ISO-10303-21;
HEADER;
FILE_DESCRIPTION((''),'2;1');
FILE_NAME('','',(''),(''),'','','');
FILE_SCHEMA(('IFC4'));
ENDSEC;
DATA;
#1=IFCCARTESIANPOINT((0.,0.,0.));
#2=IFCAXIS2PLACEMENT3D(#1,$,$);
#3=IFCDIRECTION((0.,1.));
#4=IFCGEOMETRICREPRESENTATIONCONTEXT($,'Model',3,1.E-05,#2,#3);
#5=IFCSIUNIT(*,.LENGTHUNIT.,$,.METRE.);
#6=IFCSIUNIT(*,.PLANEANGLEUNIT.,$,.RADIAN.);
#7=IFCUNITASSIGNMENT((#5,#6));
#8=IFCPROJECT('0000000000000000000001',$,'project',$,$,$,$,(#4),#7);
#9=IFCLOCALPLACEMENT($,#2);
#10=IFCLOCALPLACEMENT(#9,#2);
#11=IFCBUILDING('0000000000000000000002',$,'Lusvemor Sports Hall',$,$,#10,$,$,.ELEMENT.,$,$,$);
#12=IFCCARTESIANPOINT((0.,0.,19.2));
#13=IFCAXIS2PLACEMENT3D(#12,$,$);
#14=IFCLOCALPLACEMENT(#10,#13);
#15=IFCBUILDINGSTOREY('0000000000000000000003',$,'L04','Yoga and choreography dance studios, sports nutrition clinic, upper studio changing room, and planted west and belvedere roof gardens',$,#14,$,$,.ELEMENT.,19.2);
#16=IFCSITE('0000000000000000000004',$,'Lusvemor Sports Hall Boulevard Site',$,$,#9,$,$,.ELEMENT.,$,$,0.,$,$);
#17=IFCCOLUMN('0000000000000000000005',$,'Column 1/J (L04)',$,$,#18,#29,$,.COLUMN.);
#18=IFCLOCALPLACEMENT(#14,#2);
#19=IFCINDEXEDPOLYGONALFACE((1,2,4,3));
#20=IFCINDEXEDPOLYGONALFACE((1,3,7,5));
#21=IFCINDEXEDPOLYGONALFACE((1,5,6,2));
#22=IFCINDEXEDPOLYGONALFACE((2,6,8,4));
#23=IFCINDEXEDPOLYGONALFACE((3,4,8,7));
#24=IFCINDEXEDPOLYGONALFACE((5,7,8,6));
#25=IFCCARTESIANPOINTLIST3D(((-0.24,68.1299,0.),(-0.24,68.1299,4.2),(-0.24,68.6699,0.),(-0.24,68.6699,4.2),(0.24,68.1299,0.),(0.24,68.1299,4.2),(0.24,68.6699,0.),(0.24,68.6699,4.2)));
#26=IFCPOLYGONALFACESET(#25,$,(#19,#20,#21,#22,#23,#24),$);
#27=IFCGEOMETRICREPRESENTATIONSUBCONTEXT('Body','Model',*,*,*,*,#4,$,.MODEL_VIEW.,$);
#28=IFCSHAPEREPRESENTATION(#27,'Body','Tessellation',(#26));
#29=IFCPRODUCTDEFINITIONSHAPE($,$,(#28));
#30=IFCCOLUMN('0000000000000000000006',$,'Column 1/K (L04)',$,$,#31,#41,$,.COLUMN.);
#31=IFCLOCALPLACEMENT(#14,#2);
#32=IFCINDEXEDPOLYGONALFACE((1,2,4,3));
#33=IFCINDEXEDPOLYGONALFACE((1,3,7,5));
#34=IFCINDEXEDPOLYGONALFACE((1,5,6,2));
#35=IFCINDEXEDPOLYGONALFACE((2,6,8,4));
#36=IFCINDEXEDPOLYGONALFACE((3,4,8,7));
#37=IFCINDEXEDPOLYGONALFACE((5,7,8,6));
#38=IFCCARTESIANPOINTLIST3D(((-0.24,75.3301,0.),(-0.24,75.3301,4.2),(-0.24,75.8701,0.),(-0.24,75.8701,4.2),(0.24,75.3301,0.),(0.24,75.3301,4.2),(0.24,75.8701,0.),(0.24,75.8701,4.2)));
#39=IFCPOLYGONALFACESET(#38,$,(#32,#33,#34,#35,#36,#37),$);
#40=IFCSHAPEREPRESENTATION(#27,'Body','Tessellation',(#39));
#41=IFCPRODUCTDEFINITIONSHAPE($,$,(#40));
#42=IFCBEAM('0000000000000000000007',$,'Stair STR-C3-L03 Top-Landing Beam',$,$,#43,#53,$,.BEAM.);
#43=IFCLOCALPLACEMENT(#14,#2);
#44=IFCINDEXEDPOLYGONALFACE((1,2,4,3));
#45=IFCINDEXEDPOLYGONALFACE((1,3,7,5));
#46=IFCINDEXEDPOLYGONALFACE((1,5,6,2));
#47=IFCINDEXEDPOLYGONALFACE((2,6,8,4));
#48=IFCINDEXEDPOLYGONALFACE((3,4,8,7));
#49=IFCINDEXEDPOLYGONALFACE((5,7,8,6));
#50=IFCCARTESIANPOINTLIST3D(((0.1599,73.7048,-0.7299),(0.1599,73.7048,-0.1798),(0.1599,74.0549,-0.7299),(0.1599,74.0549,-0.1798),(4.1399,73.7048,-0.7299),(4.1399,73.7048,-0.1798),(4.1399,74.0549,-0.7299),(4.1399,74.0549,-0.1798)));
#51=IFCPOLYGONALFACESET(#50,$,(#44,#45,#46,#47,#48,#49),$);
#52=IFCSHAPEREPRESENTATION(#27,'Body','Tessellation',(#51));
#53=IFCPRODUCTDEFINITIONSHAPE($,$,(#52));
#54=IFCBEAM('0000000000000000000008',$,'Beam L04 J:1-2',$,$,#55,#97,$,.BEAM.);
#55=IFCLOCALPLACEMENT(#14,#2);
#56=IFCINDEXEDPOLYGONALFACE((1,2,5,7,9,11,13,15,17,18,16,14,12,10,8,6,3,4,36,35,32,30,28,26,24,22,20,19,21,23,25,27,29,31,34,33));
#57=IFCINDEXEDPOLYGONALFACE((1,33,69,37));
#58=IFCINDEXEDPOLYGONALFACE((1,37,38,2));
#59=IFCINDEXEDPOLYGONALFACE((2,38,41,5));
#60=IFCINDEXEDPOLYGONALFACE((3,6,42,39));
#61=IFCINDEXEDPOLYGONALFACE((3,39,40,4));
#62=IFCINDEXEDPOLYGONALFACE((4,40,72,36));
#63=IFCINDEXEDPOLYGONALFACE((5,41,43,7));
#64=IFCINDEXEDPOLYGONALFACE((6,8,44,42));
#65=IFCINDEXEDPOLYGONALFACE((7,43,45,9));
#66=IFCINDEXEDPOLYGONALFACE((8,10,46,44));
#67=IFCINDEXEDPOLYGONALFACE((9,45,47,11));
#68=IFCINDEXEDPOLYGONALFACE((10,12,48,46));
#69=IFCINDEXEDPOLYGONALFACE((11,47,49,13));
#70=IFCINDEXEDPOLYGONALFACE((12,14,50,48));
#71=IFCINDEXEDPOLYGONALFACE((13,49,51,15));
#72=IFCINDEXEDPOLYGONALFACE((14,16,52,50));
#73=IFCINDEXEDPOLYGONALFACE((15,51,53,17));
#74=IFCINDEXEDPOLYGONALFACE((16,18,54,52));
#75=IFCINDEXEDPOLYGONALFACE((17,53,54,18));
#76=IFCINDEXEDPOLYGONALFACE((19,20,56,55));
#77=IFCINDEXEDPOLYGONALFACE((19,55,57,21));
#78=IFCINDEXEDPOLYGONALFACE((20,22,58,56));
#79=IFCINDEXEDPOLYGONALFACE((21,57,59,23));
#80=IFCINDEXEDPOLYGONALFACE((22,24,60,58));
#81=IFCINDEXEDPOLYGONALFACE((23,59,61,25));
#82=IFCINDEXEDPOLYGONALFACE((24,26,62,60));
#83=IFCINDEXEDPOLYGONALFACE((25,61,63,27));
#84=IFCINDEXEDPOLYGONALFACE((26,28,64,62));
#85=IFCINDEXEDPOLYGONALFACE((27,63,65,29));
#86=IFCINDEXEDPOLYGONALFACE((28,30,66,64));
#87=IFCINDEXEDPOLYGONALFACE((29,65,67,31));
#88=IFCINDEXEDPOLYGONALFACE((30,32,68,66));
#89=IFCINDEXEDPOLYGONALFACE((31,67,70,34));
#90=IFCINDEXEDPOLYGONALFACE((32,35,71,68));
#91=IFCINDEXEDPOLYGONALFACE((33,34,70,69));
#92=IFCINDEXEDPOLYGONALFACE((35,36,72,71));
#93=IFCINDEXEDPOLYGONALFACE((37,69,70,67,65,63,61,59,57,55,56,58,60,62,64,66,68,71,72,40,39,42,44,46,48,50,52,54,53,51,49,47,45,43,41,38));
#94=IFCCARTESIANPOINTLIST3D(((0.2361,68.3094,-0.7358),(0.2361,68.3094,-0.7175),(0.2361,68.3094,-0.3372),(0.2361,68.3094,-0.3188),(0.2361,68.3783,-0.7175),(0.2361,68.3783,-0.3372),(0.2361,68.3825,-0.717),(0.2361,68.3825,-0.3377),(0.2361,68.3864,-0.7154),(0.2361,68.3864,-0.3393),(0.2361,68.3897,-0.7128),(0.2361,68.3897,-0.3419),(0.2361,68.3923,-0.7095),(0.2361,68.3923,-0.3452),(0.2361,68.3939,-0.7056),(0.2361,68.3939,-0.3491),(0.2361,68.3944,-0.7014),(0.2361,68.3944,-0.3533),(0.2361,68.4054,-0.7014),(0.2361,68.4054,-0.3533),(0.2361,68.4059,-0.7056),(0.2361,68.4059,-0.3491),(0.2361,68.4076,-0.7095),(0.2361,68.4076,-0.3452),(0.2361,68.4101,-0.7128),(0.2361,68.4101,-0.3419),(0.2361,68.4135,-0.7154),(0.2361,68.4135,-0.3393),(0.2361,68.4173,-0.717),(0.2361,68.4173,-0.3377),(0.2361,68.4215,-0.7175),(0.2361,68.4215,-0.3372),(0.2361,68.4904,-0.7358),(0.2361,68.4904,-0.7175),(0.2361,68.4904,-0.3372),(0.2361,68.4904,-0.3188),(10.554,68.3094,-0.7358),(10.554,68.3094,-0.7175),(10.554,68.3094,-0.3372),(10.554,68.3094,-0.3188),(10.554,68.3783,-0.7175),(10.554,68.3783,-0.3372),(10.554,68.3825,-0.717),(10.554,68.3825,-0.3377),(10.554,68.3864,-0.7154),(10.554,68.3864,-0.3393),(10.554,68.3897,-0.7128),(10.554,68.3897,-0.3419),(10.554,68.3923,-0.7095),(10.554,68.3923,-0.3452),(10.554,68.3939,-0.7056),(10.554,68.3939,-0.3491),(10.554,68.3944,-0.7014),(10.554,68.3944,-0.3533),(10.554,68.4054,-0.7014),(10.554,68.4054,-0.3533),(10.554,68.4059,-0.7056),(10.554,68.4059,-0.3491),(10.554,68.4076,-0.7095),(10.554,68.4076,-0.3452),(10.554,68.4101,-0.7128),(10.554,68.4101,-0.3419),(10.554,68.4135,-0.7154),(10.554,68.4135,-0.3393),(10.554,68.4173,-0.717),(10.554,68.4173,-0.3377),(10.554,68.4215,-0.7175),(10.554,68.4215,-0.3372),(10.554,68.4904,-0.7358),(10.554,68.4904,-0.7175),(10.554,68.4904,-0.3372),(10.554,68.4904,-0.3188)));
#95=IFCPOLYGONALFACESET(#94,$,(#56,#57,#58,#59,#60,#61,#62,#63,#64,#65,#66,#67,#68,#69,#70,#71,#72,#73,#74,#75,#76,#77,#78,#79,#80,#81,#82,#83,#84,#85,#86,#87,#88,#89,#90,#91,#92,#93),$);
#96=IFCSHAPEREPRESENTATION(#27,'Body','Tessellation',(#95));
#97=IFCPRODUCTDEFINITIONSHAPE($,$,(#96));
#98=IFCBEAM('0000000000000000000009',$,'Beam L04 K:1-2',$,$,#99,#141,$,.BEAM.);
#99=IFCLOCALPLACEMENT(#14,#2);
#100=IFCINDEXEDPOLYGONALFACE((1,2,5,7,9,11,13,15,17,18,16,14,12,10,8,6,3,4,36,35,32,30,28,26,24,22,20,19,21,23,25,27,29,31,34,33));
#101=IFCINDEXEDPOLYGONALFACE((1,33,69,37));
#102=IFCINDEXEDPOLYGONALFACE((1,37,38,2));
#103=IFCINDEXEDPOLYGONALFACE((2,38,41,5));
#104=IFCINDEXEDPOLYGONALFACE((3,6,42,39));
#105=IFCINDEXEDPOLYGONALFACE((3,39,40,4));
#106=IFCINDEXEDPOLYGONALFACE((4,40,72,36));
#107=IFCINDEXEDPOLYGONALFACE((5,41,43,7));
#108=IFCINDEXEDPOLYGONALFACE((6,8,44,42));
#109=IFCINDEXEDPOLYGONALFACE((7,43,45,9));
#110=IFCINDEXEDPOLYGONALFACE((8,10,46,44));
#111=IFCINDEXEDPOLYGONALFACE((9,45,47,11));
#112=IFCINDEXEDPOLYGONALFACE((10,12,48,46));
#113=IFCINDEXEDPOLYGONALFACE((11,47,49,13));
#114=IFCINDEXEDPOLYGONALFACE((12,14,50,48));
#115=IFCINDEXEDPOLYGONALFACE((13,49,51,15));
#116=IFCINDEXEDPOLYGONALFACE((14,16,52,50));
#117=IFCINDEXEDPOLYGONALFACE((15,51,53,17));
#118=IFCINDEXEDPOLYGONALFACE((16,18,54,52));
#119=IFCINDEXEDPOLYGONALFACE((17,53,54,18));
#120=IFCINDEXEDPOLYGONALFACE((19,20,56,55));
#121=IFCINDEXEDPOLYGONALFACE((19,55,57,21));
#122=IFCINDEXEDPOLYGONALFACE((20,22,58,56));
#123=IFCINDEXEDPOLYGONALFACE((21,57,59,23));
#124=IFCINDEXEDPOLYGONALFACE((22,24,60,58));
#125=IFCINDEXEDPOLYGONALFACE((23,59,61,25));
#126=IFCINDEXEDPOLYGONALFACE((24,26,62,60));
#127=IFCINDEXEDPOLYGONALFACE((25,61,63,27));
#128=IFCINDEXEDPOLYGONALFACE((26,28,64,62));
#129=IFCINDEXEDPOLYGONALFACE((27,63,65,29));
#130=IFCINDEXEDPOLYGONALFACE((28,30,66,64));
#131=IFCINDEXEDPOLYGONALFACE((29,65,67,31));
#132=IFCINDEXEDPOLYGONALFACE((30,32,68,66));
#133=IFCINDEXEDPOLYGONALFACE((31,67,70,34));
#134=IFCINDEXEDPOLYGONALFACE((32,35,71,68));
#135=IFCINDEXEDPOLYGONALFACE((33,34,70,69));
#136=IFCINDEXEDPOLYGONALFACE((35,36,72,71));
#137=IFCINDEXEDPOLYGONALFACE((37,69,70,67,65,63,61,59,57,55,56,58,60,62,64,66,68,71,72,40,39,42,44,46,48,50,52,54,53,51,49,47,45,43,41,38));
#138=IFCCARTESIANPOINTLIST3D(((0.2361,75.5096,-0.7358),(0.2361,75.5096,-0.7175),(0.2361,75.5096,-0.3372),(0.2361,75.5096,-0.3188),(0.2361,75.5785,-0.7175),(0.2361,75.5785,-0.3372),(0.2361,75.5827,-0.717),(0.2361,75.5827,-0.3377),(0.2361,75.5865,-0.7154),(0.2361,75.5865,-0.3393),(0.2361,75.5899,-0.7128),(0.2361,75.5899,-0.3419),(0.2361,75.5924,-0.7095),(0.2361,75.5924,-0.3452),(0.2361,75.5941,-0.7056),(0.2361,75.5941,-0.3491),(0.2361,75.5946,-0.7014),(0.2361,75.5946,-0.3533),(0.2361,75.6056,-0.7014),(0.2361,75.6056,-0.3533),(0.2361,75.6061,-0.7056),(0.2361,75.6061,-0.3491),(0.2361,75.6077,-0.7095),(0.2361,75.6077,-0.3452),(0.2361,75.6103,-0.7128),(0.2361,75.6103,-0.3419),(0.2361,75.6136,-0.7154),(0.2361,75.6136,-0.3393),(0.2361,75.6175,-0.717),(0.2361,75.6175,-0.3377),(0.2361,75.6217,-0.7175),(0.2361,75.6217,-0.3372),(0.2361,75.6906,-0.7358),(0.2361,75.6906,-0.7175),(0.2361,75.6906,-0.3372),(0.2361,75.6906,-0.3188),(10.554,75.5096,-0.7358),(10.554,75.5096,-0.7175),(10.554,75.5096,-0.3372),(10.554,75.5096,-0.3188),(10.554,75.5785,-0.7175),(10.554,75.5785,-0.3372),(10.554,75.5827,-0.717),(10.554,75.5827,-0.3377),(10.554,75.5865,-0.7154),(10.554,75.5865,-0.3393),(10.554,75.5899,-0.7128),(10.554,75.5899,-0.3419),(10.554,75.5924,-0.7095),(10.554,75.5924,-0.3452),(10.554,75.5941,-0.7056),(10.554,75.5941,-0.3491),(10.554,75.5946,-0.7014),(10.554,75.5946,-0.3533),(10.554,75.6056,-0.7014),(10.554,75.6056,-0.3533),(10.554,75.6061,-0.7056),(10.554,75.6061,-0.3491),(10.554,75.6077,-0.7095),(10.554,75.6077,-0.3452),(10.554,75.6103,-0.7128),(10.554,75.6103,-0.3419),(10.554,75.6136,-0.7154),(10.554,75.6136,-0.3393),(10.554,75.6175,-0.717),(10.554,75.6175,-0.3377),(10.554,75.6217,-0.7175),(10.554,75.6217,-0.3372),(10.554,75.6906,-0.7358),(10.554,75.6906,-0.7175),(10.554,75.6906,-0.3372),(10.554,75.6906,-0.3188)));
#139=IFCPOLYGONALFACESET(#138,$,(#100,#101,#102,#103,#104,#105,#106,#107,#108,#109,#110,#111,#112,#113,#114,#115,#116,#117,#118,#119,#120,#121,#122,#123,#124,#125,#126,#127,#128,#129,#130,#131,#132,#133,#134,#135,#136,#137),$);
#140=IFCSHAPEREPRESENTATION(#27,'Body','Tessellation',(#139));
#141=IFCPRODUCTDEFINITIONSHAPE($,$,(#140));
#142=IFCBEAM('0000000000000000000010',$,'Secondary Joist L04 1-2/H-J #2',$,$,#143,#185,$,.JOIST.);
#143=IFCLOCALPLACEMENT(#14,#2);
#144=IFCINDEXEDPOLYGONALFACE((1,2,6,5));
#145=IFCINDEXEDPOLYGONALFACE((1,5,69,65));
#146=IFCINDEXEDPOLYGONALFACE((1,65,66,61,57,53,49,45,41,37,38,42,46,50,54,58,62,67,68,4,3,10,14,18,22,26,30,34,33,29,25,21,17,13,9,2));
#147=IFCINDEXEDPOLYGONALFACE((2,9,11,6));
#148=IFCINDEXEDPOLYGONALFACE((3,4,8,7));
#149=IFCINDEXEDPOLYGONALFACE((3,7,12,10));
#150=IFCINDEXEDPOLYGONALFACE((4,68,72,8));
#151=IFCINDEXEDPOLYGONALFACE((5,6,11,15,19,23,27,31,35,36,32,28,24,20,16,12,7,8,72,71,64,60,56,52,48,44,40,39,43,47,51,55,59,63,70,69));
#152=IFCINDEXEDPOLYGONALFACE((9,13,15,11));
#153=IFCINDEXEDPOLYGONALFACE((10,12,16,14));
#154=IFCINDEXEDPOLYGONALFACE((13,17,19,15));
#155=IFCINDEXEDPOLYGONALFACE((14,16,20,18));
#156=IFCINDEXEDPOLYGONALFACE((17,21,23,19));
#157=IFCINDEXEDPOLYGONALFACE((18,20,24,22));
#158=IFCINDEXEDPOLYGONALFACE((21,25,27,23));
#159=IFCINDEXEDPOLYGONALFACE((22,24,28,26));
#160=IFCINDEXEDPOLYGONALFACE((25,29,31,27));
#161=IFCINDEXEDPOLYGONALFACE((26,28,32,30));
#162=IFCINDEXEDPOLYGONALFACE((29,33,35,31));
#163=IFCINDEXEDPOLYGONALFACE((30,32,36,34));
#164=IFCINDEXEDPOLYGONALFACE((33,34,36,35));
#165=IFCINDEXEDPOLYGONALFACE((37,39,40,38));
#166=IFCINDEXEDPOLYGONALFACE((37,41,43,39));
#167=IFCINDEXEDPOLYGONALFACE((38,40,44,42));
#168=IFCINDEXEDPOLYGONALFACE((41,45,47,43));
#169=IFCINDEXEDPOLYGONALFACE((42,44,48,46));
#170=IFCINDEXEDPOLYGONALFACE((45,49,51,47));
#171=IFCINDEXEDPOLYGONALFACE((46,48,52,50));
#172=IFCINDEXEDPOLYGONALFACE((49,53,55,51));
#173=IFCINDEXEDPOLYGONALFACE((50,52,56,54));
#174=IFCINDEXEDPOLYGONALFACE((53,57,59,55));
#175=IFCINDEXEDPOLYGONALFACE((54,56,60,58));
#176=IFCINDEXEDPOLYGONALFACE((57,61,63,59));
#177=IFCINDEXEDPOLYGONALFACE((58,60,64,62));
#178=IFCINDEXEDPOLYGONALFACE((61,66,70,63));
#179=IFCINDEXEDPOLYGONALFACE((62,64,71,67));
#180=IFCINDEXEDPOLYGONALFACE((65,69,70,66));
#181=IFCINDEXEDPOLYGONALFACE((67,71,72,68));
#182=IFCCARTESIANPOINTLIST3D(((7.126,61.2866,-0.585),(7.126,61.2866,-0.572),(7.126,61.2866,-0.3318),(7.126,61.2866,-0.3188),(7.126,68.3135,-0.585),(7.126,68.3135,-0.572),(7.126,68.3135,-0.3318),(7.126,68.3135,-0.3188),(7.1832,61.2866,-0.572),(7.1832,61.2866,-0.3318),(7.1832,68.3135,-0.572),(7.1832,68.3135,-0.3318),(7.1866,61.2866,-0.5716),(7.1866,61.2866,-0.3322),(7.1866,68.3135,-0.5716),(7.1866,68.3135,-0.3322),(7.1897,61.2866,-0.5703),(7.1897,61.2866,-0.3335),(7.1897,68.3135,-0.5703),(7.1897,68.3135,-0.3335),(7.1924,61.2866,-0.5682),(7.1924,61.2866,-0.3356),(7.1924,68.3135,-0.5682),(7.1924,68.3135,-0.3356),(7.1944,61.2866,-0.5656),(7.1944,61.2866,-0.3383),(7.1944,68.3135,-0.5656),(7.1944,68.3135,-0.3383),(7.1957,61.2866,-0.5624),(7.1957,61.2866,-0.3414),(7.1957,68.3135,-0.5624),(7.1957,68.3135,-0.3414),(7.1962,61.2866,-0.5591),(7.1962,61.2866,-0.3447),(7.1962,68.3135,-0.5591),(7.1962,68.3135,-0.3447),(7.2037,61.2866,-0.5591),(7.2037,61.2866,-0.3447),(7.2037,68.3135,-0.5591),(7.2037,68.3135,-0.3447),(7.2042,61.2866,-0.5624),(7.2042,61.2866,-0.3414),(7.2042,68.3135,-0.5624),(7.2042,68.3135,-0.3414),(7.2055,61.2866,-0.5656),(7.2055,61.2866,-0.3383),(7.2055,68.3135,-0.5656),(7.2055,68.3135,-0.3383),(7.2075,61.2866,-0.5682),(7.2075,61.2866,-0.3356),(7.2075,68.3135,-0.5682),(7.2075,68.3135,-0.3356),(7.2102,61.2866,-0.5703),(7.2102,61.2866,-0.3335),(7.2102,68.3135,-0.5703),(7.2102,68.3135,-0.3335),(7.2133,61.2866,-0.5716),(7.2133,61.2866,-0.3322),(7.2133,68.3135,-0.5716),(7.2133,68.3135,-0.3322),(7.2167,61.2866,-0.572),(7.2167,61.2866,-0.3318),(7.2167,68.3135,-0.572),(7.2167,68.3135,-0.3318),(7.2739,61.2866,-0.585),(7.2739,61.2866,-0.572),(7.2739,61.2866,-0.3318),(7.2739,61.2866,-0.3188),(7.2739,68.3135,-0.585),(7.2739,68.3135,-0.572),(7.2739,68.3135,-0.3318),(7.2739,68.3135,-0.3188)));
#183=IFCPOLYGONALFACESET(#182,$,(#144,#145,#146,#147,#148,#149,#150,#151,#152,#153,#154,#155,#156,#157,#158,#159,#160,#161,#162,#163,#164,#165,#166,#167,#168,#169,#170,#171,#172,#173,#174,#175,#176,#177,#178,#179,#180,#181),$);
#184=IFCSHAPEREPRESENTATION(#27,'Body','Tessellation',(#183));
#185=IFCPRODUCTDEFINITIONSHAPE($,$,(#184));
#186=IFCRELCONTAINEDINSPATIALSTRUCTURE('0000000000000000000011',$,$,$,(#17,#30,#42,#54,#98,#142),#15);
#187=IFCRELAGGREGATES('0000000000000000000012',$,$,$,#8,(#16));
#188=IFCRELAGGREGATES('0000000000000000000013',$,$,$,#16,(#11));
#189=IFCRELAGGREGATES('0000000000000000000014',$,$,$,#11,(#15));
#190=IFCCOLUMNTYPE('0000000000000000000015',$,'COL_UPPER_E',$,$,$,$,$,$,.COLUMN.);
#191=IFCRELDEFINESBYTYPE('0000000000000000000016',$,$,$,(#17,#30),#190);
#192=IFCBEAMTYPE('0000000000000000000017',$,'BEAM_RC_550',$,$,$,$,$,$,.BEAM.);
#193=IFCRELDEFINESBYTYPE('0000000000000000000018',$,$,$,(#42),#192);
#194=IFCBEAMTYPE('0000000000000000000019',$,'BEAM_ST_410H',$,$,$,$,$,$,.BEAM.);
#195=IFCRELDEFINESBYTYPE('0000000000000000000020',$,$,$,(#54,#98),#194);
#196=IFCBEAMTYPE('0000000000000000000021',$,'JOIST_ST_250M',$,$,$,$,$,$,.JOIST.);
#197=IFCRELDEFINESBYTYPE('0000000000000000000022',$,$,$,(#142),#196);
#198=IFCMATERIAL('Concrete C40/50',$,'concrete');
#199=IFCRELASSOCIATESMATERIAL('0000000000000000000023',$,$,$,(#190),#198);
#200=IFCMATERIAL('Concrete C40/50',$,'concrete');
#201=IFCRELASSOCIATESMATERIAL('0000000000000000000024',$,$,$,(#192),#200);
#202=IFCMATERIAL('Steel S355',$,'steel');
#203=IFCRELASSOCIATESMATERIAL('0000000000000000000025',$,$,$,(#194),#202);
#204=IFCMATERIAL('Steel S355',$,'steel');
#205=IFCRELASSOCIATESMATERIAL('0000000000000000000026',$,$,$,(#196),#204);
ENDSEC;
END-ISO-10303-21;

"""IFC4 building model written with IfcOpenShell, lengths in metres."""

from ifc_helpers import new_model, si_unit, direction, frame, origin, origin_2d, place, context, subcontext, project, spatial, rectangle, i_section, extrude, material, material_profile, profile_set, type_object, element, save


model = new_model("IFC4")

# Units and contexts
model_context = context("Model", 3, precision=1e-05, world=origin(), true_north=direction((0.0, 1.0)))
body_context = subcontext(model_context, "Body", "Model", "MODEL_VIEW")
ifc_project = project(units=[si_unit("LENGTHUNIT", "METRE"), si_unit("PLANEANGLEUNIT", "RADIAN")], contexts=[model_context])

# Site, building, storey
site_placement = place(None, origin())
site = spatial("IfcSite", under=ifc_project, at=site_placement, Name="Lusvemor Sports Hall Boulevard Site", CompositionType="ELEMENT", RefElevation=0.0)
building_placement = place(site_placement, origin())
building = spatial("IfcBuilding", under=site, at=building_placement, Name="Lusvemor Sports Hall", CompositionType="ELEMENT")
storey_placement = place(building_placement, frame((0.0, 0.0, 19.2)))
storey = spatial("IfcBuildingStorey", under=building, at=storey_placement, Name="L04", Description="Yoga and choreography dance studios, sports nutrition clinic, upper studio changing room, and planted west and belvedere roof gardens", CompositionType="ELEMENT", Elevation=19.2)

# Columns
ifc_material_1 = material(Name="Concrete C40/50", Category="concrete")
ifc_material_profile_1 = material_profile(ifc_material_1, rectangle(XDim=0.48, YDim=0.54, at=origin_2d()), Name="RC480x540")
ifc_profile_set_1 = profile_set([ifc_material_profile_1], Name="Concrete C40/50")
column_type = type_object("IfcColumnType", Name="COL_UPPER_E", PredefinedType="COLUMN", material=ifc_profile_set_1)
for number, where, z_axis, x_axis, name in (
    (1, (0.0, 68.3999, 0.0), (0.0, 0.0, 1.0), (1.0, 0.0, 0.0), "Column 1/J (L04)"),
    (2, (0.0, 75.6001, 0.0), (0.0, 0.0, 1.0), (1.0, 0.0, 0.0), "Column 1/K (L04)"),
):
    element("IfcColumn", number, at=place(storey_placement, frame(where, z_axis=z_axis, x_axis=x_axis)), inside=storey, type_object=column_type, Name=name, PredefinedType="COLUMN", context=body_context, shape_type="SweptSolid", body=[
        extrude(rectangle(XDim=0.48, YDim=0.54, at=origin_2d()), origin(), (0.0, 0.0, 1.0), 4.2),
    ])

# Beams
ifc_material_2 = material(Name="Concrete C40/50", Category="concrete")
ifc_material_profile_2 = material_profile(ifc_material_2, rectangle(XDim=0.3501, YDim=0.55, at=origin_2d()), Name="RC350x550")
ifc_profile_set_2 = profile_set([ifc_material_profile_2], Name="Concrete C40/50")
beam_type_1 = type_object("IfcBeamType", Name="BEAM_RC_550", PredefinedType="BEAM", material=ifc_profile_set_2)
beam_1_placement = place(storey_placement, frame((0.1599, 73.8799, -0.4548), z_axis=(1.0, 0.0, 0.0), x_axis=(0.0, 1.0, 0.0)))
element("IfcBeam", 3, at=beam_1_placement, inside=storey, type_object=beam_type_1, Name="Stair STR-C3-L03 Top-Landing Beam", PredefinedType="BEAM", context=body_context, shape_type="SweptSolid", body=[
    extrude(rectangle(XDim=0.3501, YDim=0.55, at=origin_2d()), origin(), (0.0, 0.0, 1.0), 3.98),
])
ifc_material_3 = material(Name="Steel S355", Category="steel")
ifc_material_profile_3 = material_profile(ifc_material_3, i_section(OverallWidth=0.1809, OverallDepth=0.417, WebThickness=0.011, FlangeThickness=0.0183, FilletRadius=0.0161, at=origin_2d()), Name="W410x85.0")
ifc_profile_set_3 = profile_set([ifc_material_profile_3], Name="Steel S355")
beam_type_2 = type_object("IfcBeamType", Name="BEAM_ST_410H", PredefinedType="BEAM", material=ifc_profile_set_3)
for number, where, z_axis, x_axis, name in (
    (4, (0.2361, 68.3999, -0.5273), (1.0, 0.0, 0.0), (0.0, 1.0, 0.0), "Beam L04 J:1-2"),
    (5, (0.2361, 75.6001, -0.5273), (1.0, 0.0, 0.0), (0.0, 1.0, 0.0), "Beam L04 K:1-2"),
):
    element("IfcBeam", number, at=place(storey_placement, frame(where, z_axis=z_axis, x_axis=x_axis)), inside=storey, type_object=beam_type_2, Name=name, PredefinedType="BEAM", context=body_context, shape_type="SweptSolid", body=[
        extrude(i_section(OverallWidth=0.1809, OverallDepth=0.417, WebThickness=0.011, FlangeThickness=0.0183, FilletRadius=0.0161, at=origin_2d()), origin(), (0.0, 0.0, 1.0), 10.3179),
    ])
ifc_material_4 = material(Name="Steel S355", Category="steel")
ifc_material_profile_4 = material_profile(ifc_material_4, i_section(OverallWidth=0.1479, OverallDepth=0.2661, WebThickness=0.0076, FlangeThickness=0.0129, FilletRadius=0.0129, at=origin_2d()), Name="W250x44.8")
ifc_profile_set_4 = profile_set([ifc_material_profile_4], Name="Steel S355")
beam_type_3 = type_object("IfcBeamType", Name="JOIST_ST_250M", PredefinedType="JOIST", material=ifc_profile_set_4)
for number, where, z_axis, x_axis, name in (
    (6, (7.2, 61.2866, -0.4519), (0.0, 1.0, 0.0), (-1.0, 0.0, 0.0), "Secondary Joist L04 1-2/H-J #2"),
):
    element("IfcBeam", number, at=place(storey_placement, frame(where, z_axis=z_axis, x_axis=x_axis)), inside=storey, type_object=beam_type_3, Name=name, PredefinedType="JOIST", context=body_context, shape_type="SweptSolid", body=[
        extrude(i_section(OverallWidth=0.1479, OverallDepth=0.2661, WebThickness=0.0076, FlangeThickness=0.0129, FilletRadius=0.0129, at=origin_2d()), origin(), (0.0, 0.0, 1.0), 7.0269),
    ])

save(model, "model.ifc")
